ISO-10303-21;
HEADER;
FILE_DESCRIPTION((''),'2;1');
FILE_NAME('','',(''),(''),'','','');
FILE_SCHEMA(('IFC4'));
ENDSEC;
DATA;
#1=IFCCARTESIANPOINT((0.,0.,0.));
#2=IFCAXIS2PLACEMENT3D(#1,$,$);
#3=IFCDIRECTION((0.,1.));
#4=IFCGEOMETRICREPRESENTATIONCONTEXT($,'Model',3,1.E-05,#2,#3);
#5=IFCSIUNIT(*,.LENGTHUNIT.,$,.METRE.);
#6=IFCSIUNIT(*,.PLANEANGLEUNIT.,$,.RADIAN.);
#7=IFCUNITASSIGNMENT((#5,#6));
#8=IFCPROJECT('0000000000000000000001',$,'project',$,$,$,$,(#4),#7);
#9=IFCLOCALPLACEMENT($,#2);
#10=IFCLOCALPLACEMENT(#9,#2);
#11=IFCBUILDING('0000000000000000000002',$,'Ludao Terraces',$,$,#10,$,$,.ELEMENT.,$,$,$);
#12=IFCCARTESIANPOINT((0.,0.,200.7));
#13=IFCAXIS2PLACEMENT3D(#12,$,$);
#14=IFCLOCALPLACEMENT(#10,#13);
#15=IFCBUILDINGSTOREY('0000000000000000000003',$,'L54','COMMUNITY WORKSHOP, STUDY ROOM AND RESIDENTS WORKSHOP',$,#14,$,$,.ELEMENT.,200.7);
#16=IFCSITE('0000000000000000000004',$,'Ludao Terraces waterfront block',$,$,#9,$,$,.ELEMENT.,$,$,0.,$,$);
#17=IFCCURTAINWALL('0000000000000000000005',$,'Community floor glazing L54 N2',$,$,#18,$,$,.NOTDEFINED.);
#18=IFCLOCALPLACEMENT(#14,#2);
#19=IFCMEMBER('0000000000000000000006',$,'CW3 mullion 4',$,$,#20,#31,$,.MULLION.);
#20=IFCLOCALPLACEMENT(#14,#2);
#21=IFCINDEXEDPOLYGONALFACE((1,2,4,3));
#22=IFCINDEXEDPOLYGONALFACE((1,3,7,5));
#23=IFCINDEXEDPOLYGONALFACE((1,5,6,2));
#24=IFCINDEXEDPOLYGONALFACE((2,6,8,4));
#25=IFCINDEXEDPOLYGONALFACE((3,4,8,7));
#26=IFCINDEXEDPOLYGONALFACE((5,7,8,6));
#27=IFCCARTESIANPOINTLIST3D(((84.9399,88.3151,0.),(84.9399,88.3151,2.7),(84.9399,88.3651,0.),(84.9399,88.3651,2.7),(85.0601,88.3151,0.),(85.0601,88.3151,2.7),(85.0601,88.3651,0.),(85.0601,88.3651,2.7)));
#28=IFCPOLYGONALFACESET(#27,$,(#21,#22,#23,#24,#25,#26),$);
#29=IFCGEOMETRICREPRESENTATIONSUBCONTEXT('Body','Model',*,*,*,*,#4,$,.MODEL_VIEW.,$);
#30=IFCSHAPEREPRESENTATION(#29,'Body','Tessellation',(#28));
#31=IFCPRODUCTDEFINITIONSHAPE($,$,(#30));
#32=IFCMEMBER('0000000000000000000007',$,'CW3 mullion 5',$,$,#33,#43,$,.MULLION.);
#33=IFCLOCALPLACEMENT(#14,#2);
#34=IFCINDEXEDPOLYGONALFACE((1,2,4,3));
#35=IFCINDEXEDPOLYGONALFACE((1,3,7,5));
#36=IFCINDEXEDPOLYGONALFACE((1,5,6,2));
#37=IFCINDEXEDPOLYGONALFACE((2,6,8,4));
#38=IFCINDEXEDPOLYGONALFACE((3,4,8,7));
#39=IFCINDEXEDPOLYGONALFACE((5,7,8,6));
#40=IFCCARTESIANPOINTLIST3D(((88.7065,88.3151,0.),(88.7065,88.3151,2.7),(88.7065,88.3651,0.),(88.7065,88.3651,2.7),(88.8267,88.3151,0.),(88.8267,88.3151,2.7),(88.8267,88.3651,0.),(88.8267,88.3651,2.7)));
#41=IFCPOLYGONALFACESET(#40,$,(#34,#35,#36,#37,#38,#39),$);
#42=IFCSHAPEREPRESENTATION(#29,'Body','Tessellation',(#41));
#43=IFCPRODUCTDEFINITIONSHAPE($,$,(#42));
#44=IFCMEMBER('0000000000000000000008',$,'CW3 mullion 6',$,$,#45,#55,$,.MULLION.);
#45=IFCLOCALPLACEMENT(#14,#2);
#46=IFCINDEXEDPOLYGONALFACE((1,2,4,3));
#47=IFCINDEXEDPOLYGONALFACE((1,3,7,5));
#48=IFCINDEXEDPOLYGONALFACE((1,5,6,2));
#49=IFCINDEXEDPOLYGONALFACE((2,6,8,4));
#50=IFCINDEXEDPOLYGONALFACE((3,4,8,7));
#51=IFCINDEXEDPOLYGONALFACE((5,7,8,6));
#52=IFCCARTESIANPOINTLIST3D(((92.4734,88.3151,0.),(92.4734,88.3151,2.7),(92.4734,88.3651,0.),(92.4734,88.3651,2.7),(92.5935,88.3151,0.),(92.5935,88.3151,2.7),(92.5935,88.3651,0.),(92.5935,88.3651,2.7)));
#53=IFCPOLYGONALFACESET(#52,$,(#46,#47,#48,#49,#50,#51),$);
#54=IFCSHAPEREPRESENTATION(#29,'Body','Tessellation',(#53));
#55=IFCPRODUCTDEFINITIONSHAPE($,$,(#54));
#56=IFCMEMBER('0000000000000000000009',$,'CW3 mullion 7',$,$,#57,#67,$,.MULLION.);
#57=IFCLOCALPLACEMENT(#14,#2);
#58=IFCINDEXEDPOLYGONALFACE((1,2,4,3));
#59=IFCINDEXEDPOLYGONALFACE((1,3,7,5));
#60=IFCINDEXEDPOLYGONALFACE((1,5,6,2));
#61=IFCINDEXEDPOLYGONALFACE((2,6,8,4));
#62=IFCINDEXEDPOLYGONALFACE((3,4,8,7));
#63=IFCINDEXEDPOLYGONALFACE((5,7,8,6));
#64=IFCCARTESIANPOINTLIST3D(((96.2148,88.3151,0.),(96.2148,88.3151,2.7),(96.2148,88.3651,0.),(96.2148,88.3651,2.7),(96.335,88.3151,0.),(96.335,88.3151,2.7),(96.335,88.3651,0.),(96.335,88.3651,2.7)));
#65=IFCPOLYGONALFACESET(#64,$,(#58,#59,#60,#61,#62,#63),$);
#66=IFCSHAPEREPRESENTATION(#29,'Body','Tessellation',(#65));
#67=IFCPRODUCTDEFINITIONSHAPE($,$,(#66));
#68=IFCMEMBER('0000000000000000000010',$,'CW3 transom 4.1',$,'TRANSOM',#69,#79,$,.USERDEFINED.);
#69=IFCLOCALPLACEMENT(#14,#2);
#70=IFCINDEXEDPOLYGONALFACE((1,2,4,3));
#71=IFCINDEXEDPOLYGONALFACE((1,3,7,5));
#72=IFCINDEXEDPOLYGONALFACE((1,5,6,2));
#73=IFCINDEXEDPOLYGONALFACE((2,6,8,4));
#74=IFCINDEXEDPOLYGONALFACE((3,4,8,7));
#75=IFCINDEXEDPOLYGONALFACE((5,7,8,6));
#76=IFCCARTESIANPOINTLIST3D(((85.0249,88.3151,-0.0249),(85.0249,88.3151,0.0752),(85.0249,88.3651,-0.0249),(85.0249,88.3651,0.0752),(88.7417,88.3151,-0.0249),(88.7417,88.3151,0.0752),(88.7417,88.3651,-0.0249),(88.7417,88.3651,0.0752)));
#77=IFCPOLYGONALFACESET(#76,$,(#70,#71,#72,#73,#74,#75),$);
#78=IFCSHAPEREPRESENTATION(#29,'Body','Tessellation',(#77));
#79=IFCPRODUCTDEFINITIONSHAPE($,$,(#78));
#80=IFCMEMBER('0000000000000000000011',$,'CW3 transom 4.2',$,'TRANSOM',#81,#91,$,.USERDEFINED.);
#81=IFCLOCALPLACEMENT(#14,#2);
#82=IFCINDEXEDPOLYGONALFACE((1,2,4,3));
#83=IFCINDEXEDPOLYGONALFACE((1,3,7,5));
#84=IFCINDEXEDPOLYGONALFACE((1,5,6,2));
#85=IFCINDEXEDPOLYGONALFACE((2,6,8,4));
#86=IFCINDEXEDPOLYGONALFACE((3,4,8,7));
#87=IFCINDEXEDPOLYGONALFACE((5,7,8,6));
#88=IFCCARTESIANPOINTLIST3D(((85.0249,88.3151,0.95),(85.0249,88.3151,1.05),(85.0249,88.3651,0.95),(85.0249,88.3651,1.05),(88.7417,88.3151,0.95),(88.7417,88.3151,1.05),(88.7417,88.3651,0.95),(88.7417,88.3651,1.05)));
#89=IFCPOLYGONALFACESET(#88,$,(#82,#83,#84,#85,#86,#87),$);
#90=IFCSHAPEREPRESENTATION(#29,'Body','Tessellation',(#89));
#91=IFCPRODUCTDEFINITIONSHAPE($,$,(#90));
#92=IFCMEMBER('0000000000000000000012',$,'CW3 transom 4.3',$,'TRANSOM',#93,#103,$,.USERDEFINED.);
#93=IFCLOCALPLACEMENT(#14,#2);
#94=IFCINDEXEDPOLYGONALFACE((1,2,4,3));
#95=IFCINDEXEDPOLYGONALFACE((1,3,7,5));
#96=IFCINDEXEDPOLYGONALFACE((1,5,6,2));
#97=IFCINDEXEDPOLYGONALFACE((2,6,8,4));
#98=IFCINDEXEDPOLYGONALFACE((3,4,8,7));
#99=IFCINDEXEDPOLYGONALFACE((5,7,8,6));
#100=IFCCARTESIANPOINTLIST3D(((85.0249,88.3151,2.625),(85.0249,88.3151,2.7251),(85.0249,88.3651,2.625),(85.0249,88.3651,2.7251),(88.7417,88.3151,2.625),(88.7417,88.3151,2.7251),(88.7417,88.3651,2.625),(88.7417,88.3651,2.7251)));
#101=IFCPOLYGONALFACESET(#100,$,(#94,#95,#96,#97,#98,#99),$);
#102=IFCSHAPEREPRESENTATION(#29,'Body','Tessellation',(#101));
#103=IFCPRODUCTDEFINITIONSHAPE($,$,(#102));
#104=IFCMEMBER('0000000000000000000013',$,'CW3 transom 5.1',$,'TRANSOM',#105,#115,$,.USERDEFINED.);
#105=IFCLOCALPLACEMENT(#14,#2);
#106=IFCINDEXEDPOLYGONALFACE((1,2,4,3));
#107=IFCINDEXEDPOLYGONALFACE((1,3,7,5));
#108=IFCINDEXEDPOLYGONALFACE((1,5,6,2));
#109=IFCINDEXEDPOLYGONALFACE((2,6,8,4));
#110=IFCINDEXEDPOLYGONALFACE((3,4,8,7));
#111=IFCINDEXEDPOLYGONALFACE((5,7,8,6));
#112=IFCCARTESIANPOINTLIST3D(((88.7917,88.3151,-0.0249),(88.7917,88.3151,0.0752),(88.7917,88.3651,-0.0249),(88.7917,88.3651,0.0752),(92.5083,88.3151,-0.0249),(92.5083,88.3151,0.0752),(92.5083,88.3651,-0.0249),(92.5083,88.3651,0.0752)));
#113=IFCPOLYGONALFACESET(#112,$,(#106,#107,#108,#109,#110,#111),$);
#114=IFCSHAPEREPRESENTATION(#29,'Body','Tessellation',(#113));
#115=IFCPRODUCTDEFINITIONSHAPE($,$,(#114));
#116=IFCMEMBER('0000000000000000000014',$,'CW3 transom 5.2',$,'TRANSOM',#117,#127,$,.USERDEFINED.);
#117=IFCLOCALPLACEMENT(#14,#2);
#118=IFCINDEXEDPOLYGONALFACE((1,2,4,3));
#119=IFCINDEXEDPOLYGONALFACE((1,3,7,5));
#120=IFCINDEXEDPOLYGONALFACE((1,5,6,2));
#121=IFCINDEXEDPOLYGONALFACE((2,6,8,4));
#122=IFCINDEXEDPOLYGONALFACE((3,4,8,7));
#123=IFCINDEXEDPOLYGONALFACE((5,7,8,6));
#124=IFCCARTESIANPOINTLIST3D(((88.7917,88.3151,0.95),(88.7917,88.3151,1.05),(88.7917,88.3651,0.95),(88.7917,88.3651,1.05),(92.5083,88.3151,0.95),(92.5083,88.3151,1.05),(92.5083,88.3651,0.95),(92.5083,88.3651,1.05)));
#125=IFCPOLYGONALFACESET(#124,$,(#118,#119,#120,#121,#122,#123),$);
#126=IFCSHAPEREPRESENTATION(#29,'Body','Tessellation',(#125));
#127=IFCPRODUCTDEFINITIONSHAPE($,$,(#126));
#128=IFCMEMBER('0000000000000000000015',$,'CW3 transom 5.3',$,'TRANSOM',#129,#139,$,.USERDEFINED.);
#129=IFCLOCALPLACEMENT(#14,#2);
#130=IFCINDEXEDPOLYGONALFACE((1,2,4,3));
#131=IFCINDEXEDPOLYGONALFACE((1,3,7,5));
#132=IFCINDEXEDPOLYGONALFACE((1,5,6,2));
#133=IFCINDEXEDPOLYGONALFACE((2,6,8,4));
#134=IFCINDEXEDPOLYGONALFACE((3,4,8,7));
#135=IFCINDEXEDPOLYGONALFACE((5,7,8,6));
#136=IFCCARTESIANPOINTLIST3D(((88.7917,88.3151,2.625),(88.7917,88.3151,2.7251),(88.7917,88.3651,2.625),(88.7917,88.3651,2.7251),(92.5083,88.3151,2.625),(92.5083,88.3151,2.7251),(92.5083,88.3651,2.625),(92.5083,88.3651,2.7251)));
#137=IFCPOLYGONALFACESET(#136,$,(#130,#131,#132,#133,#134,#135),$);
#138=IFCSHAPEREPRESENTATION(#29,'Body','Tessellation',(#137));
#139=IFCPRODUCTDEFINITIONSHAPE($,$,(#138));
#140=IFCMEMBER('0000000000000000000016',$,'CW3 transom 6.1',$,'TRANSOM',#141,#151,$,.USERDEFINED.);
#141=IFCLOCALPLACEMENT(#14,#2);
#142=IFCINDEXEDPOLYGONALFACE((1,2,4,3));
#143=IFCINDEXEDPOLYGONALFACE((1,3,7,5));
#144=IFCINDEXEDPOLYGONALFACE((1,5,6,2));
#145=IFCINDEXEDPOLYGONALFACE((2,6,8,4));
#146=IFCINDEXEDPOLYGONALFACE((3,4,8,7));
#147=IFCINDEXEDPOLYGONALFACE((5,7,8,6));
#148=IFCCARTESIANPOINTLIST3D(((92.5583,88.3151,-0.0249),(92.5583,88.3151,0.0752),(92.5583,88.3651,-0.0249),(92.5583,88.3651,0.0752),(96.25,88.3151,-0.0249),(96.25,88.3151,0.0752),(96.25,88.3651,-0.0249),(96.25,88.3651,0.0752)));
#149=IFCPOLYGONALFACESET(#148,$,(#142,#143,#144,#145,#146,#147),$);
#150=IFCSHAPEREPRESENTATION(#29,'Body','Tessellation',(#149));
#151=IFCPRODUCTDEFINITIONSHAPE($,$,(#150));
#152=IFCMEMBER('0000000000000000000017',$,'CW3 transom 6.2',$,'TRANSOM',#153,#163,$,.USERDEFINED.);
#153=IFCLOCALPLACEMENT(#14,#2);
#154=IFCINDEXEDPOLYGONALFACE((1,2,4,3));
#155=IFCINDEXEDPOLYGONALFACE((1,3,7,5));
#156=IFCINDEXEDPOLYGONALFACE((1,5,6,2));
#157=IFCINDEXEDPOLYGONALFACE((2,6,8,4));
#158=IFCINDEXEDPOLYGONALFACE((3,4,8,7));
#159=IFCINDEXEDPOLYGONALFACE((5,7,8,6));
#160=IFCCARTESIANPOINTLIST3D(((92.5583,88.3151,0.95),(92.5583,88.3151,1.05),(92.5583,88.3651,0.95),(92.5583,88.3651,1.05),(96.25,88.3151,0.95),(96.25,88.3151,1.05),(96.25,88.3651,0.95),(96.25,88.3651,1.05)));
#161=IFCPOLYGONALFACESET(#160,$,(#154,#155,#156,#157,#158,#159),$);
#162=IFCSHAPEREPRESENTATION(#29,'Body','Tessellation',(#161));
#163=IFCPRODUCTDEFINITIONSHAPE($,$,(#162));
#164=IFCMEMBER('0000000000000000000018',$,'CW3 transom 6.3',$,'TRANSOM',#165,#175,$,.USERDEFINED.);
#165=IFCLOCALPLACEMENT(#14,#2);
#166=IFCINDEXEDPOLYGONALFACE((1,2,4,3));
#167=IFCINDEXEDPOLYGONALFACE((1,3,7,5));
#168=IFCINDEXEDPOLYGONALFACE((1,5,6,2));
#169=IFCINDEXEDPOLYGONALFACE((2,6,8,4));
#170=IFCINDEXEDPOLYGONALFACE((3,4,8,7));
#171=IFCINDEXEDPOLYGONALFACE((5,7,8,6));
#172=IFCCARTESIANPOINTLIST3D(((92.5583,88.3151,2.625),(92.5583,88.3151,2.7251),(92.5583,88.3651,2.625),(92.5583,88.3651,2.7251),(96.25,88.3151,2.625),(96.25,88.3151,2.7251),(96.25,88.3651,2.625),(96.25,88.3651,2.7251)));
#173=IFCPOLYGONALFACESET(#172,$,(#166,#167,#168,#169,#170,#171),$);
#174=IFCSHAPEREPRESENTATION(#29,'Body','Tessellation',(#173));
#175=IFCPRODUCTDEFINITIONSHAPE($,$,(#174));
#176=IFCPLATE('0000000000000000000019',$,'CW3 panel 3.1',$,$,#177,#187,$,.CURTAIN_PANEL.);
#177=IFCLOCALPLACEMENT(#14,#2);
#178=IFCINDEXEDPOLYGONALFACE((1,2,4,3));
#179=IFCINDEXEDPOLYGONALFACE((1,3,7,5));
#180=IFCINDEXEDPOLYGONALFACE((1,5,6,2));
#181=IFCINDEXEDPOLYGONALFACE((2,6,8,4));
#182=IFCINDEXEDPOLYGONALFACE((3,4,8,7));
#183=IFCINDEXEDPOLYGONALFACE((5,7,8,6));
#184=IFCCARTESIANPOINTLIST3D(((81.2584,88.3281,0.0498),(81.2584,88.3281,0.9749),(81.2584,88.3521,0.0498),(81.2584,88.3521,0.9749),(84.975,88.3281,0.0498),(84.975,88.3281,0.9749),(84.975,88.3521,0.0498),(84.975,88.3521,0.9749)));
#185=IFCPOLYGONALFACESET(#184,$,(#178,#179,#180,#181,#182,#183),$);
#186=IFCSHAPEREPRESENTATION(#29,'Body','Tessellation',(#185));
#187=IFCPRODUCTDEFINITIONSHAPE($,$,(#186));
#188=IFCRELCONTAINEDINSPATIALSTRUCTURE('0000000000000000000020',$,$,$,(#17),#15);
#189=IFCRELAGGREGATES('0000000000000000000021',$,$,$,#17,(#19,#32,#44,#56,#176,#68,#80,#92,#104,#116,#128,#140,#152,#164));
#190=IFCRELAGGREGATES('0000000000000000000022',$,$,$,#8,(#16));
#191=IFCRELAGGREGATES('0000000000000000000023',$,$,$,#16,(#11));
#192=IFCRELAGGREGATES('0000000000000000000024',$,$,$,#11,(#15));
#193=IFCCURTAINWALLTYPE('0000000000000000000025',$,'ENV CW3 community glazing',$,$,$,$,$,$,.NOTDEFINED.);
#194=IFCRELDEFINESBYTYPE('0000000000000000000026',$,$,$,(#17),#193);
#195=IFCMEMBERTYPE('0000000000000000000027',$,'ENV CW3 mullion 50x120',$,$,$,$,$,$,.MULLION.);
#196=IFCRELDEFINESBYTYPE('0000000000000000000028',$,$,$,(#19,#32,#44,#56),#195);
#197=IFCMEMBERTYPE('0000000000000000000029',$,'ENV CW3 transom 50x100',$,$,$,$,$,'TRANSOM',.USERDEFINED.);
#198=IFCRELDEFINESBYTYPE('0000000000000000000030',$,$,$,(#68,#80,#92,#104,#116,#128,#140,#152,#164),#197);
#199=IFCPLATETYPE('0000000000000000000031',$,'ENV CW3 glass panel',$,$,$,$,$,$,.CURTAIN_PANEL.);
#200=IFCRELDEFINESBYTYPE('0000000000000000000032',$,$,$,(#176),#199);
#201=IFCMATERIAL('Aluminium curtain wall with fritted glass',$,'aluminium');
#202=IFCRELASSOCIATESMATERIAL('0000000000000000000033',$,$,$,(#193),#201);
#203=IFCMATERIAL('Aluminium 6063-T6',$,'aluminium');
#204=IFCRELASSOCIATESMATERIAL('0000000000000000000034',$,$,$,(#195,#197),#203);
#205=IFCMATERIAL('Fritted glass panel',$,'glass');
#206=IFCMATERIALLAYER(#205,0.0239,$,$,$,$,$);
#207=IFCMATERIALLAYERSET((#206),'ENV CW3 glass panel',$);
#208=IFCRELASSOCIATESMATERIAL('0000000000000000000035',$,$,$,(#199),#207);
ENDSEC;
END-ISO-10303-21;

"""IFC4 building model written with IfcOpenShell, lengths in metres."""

from ifc_helpers import new_model, si_unit, direction, frame, origin, origin_2d, place, context, subcontext, project, spatial, rectangle, extrude, material, layer, layer_set, material_profile, profile_set, type_object, element, aggregate, save


model = new_model("IFC4")

# Units and contexts
model_context = context("Model", 3, precision=1e-05, world=origin(), true_north=direction((0.0, 1.0)))
body_context = subcontext(model_context, "Body", "Model", "MODEL_VIEW")
ifc_project = project(units=[si_unit("LENGTHUNIT", "METRE"), si_unit("PLANEANGLEUNIT", "RADIAN")], contexts=[model_context])

# Site, building, storey
site_placement = place(None, origin())
site = spatial("IfcSite", under=ifc_project, at=site_placement, Name="Ludao Terraces waterfront block", CompositionType="ELEMENT", RefElevation=0.0)
building_placement = place(site_placement, origin())
building = spatial("IfcBuilding", under=site, at=building_placement, Name="Ludao Terraces", CompositionType="ELEMENT")
storey_placement = place(building_placement, frame((0.0, 0.0, 200.7)))
storey = spatial("IfcBuildingStorey", under=building, at=storey_placement, Name="L54", Description="COMMUNITY WORKSHOP, STUDY ROOM AND RESIDENTS WORKSHOP", CompositionType="ELEMENT", Elevation=200.7)

# Curtain wall, members, plate
ifc_material_1 = material(Name="Aluminium curtain wall with fritted glass", Category="aluminium")
curtain_wall_type = type_object("IfcCurtainWallType", Name="ENV CW3 community glazing", PredefinedType="NOTDEFINED", material=ifc_material_1)
curtain_wall_placement = place(storey_placement, origin())
curtain_wall = element("IfcCurtainWall", 1, at=curtain_wall_placement, inside=storey, type_object=curtain_wall_type, Name="Community floor glazing L54 N2", PredefinedType="NOTDEFINED")
ifc_material_2 = material(Name="Aluminium 6063-T6", Category="aluminium")
ifc_material_profile_1 = material_profile(ifc_material_2, rectangle(XDim=0.05, YDim=0.1201, at=origin_2d()), Name="50 X 120")
ifc_profile_set_1 = profile_set([ifc_material_profile_1], Name="Aluminium 6063-T6")
member_type_1 = type_object("IfcMemberType", Name="ENV CW3 mullion 50x120", PredefinedType="MULLION", material=ifc_profile_set_1)
member_1_placement = place(storey_placement, frame((85.0, 88.3401, 0.0), z_axis=(0.0, 0.0, 1.0), x_axis=(0.0, 1.0, 0.0)))
member_1 = element("IfcMember", 2, at=member_1_placement, type_object=member_type_1, Name="CW3 mullion 4", PredefinedType="MULLION", context=body_context, shape_type="SweptSolid", body=[
    extrude(rectangle(XDim=0.05, YDim=0.1201, at=origin_2d()), origin(), (0.0, 0.0, 1.0), 2.7),
])
member_2_placement = place(storey_placement, frame((88.7666, 88.3401, 0.0), z_axis=(0.0, 0.0, 1.0), x_axis=(0.0, 1.0, 0.0)))
member_2 = element("IfcMember", 3, at=member_2_placement, type_object=member_type_1, Name="CW3 mullion 5", PredefinedType="MULLION", context=body_context, shape_type="SweptSolid", body=[
    extrude(rectangle(XDim=0.05, YDim=0.1201, at=origin_2d()), origin(), (0.0, 0.0, 1.0), 2.7),
])
member_3_placement = place(storey_placement, frame((92.5334, 88.3401, 0.0), z_axis=(0.0, 0.0, 1.0), x_axis=(0.0, 1.0, 0.0)))
member_3 = element("IfcMember", 4, at=member_3_placement, type_object=member_type_1, Name="CW3 mullion 6", PredefinedType="MULLION", context=body_context, shape_type="SweptSolid", body=[
    extrude(rectangle(XDim=0.05, YDim=0.1201, at=origin_2d()), origin(), (0.0, 0.0, 1.0), 2.7),
])
member_4_placement = place(storey_placement, frame((96.2749, 88.3401, 0.0), z_axis=(0.0, 0.0, 1.0), x_axis=(0.0, 1.0, 0.0)))
member_4 = element("IfcMember", 5, at=member_4_placement, type_object=member_type_1, Name="CW3 mullion 7", PredefinedType="MULLION", context=body_context, shape_type="SweptSolid", body=[
    extrude(rectangle(XDim=0.05, YDim=0.1201, at=origin_2d()), origin(), (0.0, 0.0, 1.0), 2.7),
])
ifc_material_profile_2 = material_profile(ifc_material_2, rectangle(XDim=0.05, YDim=0.1001, at=origin_2d()), Name="50 X 100")
ifc_profile_set_2 = profile_set([ifc_material_profile_2], Name="Aluminium 6063-T6")
member_type_2 = type_object("IfcMemberType", Name="ENV CW3 transom 50x100", ElementType="TRANSOM", PredefinedType="USERDEFINED", material=ifc_profile_set_2)
member_5_placement = place(storey_placement, frame((85.0249, 88.3401, 0.0251), z_axis=(1.0, 0.0, 0.0), x_axis=(0.0, 1.0, 0.0)))
member_5 = element("IfcMember", 6, at=member_5_placement, type_object=member_type_2, Name="CW3 transom 4.1", ObjectType="TRANSOM", PredefinedType="USERDEFINED", context=body_context, shape_type="SweptSolid", body=[
    extrude(rectangle(XDim=0.05, YDim=0.1001, at=origin_2d()), origin(), (0.0, 0.0, 1.0), 3.7168),
])
member_6_placement = place(storey_placement, frame((85.0249, 88.3401, 1.0), z_axis=(1.0, 0.0, 0.0), x_axis=(0.0, 1.0, 0.0)))
member_6 = element("IfcMember", 7, at=member_6_placement, type_object=member_type_2, Name="CW3 transom 4.2", ObjectType="TRANSOM", PredefinedType="USERDEFINED", context=body_context, shape_type="SweptSolid", body=[
    extrude(rectangle(XDim=0.05, YDim=0.1001, at=origin_2d()), origin(), (0.0, 0.0, 1.0), 3.7168),
])
member_7_placement = place(storey_placement, frame((85.0249, 88.3401, 2.675), z_axis=(1.0, 0.0, 0.0), x_axis=(0.0, 1.0, 0.0)))
member_7 = element("IfcMember", 8, at=member_7_placement, type_object=member_type_2, Name="CW3 transom 4.3", ObjectType="TRANSOM", PredefinedType="USERDEFINED", context=body_context, shape_type="SweptSolid", body=[
    extrude(rectangle(XDim=0.05, YDim=0.1001, at=origin_2d()), origin(), (0.0, 0.0, 1.0), 3.7168),
])
member_8_placement = place(storey_placement, frame((88.7917, 88.3401, 0.0251), z_axis=(1.0, 0.0, 0.0), x_axis=(0.0, 1.0, 0.0)))
member_8 = element("IfcMember", 9, at=member_8_placement, type_object=member_type_2, Name="CW3 transom 5.1", ObjectType="TRANSOM", PredefinedType="USERDEFINED", context=body_context, shape_type="SweptSolid", body=[
    extrude(rectangle(XDim=0.05, YDim=0.1001, at=origin_2d()), origin(), (0.0, 0.0, 1.0), 3.7166),
])
member_9_placement = place(storey_placement, frame((88.7917, 88.3401, 1.0), z_axis=(1.0, 0.0, 0.0), x_axis=(0.0, 1.0, 0.0)))
member_9 = element("IfcMember", 10, at=member_9_placement, type_object=member_type_2, Name="CW3 transom 5.2", ObjectType="TRANSOM", PredefinedType="USERDEFINED", context=body_context, shape_type="SweptSolid", body=[
    extrude(rectangle(XDim=0.05, YDim=0.1001, at=origin_2d()), origin(), (0.0, 0.0, 1.0), 3.7166),
])
member_10_placement = place(storey_placement, frame((88.7917, 88.3401, 2.675), z_axis=(1.0, 0.0, 0.0), x_axis=(0.0, 1.0, 0.0)))
member_10 = element("IfcMember", 11, at=member_10_placement, type_object=member_type_2, Name="CW3 transom 5.3", ObjectType="TRANSOM", PredefinedType="USERDEFINED", context=body_context, shape_type="SweptSolid", body=[
    extrude(rectangle(XDim=0.05, YDim=0.1001, at=origin_2d()), origin(), (0.0, 0.0, 1.0), 3.7166),
])
member_11_placement = place(storey_placement, frame((92.5583, 88.3401, 0.0251), z_axis=(1.0, 0.0, 0.0), x_axis=(0.0, 1.0, 0.0)))
member_11 = element("IfcMember", 12, at=member_11_placement, type_object=member_type_2, Name="CW3 transom 6.1", ObjectType="TRANSOM", PredefinedType="USERDEFINED", context=body_context, shape_type="SweptSolid", body=[
    extrude(rectangle(XDim=0.05, YDim=0.1001, at=origin_2d()), origin(), (0.0, 0.0, 1.0), 3.6917),
])
member_12_placement = place(storey_placement, frame((92.5583, 88.3401, 1.0), z_axis=(1.0, 0.0, 0.0), x_axis=(0.0, 1.0, 0.0)))
member_12 = element("IfcMember", 13, at=member_12_placement, type_object=member_type_2, Name="CW3 transom 6.2", ObjectType="TRANSOM", PredefinedType="USERDEFINED", context=body_context, shape_type="SweptSolid", body=[
    extrude(rectangle(XDim=0.05, YDim=0.1001, at=origin_2d()), origin(), (0.0, 0.0, 1.0), 3.6917),
])
member_13_placement = place(storey_placement, frame((92.5583, 88.3401, 2.675), z_axis=(1.0, 0.0, 0.0), x_axis=(0.0, 1.0, 0.0)))
member_13 = element("IfcMember", 14, at=member_13_placement, type_object=member_type_2, Name="CW3 transom 6.3", ObjectType="TRANSOM", PredefinedType="USERDEFINED", context=body_context, shape_type="SweptSolid", body=[
    extrude(rectangle(XDim=0.05, YDim=0.1001, at=origin_2d()), origin(), (0.0, 0.0, 1.0), 3.6917),
])
ifc_material_3 = material(Name="Fritted glass panel", Category="glass")
ifc_layer_1 = layer(ifc_material_3, 0.0239)
ifc_layer_set_1 = layer_set([ifc_layer_1], Name="ENV CW3 glass panel")
plate_type = type_object("IfcPlateType", Name="ENV CW3 glass panel", PredefinedType="CURTAIN_PANEL", material=ifc_layer_set_1)
plate_1_placement = place(storey_placement, frame((83.1167, 88.3401, 0.0498), z_axis=(0.0, 0.0, 1.0), x_axis=(1.0, 0.0, 0.0)))
plate_1 = element("IfcPlate", 15, at=plate_1_placement, type_object=plate_type, Name="CW3 panel 3.1", PredefinedType="CURTAIN_PANEL", context=body_context, shape_type="SweptSolid", body=[
    extrude(rectangle(XDim=3.7166, YDim=0.0239, at=origin_2d()), origin(), (0.0, 0.0, 1.0), 0.925),
])
aggregate(curtain_wall, [member_1, member_2, member_3, member_4, plate_1, member_5, member_6, member_7, member_8, member_9, member_10, member_11, member_12, member_13])

save(model, "model.ifc")
